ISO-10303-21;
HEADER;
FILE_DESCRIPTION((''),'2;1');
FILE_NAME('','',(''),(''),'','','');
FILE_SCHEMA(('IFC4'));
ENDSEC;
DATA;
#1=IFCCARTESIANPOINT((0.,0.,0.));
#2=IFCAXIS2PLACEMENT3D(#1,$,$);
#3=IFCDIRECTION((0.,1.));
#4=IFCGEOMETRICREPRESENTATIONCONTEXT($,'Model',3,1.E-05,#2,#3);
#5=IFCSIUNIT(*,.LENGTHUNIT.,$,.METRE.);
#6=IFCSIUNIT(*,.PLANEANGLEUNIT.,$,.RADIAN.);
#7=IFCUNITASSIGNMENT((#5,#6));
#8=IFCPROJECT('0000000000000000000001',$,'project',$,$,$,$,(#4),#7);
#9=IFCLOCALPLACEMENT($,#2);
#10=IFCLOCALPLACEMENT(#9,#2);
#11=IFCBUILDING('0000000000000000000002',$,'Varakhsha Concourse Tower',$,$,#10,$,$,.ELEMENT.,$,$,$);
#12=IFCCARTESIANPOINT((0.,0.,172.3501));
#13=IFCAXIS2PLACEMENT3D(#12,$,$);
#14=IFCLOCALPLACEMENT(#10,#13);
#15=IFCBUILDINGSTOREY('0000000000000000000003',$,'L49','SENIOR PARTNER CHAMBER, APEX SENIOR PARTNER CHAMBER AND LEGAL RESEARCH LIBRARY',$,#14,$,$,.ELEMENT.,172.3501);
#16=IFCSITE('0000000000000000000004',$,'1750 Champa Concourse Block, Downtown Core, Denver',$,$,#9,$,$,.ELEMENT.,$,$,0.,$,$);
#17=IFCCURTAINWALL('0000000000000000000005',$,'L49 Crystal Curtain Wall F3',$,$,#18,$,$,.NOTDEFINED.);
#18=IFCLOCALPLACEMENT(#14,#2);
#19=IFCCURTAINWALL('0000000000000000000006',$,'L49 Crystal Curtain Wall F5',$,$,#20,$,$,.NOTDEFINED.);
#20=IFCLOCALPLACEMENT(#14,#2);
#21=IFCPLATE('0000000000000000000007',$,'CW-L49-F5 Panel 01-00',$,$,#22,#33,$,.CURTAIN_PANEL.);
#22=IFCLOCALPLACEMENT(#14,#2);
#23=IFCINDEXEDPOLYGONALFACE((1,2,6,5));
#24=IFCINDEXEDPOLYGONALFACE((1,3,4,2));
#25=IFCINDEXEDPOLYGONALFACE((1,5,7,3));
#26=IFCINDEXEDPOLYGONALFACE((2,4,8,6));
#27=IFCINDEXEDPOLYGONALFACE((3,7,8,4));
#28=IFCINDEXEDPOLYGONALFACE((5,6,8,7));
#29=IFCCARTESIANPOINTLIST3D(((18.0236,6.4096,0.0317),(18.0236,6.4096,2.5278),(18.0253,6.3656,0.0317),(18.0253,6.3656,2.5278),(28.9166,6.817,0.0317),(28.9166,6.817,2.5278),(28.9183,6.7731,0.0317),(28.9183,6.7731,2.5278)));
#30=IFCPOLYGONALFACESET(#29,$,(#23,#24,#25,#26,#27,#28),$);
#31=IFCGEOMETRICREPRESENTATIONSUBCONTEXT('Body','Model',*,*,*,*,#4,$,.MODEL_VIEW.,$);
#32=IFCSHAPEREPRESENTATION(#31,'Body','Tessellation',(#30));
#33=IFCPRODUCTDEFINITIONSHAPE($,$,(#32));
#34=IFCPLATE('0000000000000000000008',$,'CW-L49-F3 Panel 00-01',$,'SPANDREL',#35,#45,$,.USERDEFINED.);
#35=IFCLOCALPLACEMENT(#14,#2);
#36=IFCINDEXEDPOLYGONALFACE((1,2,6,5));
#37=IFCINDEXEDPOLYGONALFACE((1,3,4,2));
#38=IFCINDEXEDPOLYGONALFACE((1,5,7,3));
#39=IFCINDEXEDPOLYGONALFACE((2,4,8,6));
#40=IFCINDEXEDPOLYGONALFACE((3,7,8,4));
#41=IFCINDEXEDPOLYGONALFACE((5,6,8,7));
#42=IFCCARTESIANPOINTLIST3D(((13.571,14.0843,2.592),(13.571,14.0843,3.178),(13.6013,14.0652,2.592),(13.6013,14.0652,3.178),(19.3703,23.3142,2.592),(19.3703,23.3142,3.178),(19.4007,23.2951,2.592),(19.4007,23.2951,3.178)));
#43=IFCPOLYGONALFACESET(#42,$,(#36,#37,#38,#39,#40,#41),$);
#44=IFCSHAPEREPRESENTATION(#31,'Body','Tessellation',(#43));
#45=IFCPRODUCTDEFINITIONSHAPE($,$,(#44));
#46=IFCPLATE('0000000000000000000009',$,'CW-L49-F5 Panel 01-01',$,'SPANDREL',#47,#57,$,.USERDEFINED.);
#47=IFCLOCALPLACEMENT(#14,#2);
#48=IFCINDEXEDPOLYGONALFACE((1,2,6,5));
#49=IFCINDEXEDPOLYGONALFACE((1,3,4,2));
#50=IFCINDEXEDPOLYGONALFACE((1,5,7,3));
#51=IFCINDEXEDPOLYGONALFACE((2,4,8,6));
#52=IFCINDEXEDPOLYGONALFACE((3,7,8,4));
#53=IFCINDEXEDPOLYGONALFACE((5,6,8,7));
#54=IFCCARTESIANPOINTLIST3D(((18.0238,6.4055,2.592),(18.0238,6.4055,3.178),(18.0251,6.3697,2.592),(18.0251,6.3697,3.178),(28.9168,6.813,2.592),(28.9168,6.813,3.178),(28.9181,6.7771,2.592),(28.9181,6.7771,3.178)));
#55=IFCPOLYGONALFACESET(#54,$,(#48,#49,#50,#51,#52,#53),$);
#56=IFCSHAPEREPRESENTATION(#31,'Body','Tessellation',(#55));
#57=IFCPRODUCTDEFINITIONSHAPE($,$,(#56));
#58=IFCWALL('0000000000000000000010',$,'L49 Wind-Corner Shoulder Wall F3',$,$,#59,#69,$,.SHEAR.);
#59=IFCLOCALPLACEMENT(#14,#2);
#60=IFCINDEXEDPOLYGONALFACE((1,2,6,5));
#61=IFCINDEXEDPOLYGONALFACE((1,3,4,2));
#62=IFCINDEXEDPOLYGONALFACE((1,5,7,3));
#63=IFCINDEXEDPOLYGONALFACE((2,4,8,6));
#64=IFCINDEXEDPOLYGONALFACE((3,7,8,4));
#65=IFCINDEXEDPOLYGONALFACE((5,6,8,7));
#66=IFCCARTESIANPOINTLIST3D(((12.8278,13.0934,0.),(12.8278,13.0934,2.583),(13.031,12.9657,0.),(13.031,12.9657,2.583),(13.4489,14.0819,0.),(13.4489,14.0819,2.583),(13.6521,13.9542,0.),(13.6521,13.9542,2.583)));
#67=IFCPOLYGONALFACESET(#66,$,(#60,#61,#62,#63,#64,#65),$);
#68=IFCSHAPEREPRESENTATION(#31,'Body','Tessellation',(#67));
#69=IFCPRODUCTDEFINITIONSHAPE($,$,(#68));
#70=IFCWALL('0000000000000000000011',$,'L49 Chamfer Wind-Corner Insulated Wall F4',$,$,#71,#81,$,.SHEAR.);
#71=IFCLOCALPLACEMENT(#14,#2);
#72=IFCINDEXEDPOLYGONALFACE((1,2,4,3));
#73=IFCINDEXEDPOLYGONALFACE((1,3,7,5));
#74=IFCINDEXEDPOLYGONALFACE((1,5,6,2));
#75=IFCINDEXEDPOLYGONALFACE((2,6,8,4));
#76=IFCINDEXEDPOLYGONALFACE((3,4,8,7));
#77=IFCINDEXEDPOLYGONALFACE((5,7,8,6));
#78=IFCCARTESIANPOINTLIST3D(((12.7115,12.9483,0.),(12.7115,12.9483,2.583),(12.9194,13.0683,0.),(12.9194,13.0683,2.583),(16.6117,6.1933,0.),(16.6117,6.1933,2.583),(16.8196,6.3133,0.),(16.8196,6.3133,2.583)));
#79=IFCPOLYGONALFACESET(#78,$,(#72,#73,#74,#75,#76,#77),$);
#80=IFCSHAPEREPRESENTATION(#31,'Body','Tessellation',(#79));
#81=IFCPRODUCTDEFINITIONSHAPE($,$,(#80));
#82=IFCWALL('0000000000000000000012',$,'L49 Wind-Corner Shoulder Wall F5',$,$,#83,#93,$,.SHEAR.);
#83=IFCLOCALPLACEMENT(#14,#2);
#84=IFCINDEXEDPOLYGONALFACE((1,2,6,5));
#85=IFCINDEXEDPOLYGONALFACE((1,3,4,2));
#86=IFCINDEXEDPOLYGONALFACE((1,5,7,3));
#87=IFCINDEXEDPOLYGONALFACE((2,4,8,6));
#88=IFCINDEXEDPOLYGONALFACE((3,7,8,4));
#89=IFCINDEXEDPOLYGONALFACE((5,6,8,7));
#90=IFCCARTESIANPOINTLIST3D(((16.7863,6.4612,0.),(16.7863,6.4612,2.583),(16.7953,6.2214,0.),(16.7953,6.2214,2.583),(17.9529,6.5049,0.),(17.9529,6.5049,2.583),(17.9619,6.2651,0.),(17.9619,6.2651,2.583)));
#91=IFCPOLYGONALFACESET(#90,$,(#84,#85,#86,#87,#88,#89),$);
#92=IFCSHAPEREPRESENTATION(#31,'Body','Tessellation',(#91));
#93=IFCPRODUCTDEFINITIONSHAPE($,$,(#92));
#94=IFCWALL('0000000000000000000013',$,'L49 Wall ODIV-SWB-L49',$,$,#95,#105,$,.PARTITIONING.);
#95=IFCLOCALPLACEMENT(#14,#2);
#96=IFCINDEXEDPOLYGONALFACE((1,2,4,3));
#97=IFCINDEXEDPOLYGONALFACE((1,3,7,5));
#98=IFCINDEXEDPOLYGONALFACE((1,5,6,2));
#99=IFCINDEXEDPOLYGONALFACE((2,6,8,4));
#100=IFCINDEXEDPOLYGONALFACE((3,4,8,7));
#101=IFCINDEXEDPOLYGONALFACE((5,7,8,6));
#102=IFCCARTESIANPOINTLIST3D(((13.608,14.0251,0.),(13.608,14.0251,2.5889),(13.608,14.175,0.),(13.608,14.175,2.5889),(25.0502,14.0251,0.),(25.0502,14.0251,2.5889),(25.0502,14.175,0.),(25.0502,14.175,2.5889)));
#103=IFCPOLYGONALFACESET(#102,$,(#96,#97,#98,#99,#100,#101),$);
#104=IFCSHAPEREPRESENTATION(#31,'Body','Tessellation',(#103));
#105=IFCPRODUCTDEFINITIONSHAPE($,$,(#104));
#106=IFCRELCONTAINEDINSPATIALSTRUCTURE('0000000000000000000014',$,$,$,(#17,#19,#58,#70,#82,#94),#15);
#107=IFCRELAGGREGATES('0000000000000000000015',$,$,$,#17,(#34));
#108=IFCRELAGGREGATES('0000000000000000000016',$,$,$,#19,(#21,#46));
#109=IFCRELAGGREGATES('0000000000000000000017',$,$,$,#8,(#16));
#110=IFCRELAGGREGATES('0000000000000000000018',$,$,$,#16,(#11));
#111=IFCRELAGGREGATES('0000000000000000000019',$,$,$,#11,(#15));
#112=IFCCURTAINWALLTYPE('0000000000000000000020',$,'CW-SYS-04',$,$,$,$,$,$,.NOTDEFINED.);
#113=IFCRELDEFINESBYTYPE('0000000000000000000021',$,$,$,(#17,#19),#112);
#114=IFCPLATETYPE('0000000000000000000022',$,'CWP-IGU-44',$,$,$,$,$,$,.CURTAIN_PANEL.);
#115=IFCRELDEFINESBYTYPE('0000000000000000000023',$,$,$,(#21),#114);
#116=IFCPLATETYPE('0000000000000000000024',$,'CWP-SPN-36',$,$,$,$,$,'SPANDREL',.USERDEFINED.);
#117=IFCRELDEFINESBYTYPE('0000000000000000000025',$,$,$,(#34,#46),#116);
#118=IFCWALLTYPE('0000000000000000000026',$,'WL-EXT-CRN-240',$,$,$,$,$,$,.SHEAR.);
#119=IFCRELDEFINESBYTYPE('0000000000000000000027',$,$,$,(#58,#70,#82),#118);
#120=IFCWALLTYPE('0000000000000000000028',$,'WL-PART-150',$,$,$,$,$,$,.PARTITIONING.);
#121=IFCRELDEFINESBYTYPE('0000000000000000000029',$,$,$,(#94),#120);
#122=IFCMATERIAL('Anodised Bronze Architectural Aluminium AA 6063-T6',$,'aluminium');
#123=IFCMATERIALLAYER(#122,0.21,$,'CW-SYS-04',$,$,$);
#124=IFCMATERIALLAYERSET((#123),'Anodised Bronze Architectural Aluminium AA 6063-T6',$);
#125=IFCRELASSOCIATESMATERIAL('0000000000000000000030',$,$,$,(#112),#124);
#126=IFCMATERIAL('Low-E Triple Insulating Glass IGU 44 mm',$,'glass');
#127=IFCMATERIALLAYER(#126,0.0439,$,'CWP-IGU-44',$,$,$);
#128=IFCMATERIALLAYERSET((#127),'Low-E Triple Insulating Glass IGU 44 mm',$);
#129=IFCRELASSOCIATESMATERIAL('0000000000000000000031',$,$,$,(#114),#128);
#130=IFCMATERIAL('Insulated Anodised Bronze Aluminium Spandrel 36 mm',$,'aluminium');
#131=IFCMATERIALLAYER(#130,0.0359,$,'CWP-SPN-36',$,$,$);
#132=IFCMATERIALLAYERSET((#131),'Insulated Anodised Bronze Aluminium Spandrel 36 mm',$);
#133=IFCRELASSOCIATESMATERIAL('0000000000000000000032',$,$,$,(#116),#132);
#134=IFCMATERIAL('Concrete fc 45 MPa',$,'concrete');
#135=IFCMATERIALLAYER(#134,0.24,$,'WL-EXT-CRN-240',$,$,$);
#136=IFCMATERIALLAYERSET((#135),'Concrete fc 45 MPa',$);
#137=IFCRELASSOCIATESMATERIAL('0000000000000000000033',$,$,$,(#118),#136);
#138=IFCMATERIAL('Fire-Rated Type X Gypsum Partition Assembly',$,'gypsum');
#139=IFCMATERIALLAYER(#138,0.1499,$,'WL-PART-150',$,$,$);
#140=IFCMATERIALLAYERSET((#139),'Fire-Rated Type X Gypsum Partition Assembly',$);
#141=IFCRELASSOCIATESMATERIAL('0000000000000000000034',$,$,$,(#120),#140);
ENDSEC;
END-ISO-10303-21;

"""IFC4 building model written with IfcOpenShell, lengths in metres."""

from ifc_helpers import new_model, si_unit, direction, frame, frame_2d, origin, origin_2d, place, context, subcontext, project, spatial, rectangle, extrude, source, transform, mapped, material, layer, layer_set, type_object, type_shapes, element, aggregate, save


model = new_model("IFC4")

# Units and contexts
model_context = context("Model", 3, precision=1e-05, world=origin(), true_north=direction((0.0, 1.0)))
body_context = subcontext(model_context, "Body", "Model", "MODEL_VIEW")
ifc_project = project(units=[si_unit("LENGTHUNIT", "METRE"), si_unit("PLANEANGLEUNIT", "RADIAN")], contexts=[model_context])

# Site, building, storey
site_placement = place(None, origin())
site = spatial("IfcSite", under=ifc_project, at=site_placement, Name="1750 Champa Concourse Block, Downtown Core, Denver", CompositionType="ELEMENT", RefElevation=0.0)
building_placement = place(site_placement, origin())
building = spatial("IfcBuilding", under=site, at=building_placement, Name="Varakhsha Concourse Tower", CompositionType="ELEMENT")
storey_placement = place(building_placement, frame((0.0, 0.0, 172.3501)))
storey = spatial("IfcBuildingStorey", under=building, at=storey_placement, Name="L49", Description="SENIOR PARTNER CHAMBER, APEX SENIOR PARTNER CHAMBER AND LEGAL RESEARCH LIBRARY", CompositionType="ELEMENT", Elevation=172.3501)

# Curtain walls
ifc_material_1 = material(Name="Anodised Bronze Architectural Aluminium AA 6063-T6", Category="aluminium")
ifc_layer_1 = layer(ifc_material_1, 0.21, Name="CW-SYS-04")
ifc_layer_set_1 = layer_set([ifc_layer_1], Name="Anodised Bronze Architectural Aluminium AA 6063-T6")
curtain_wall_type = type_object("IfcCurtainWallType", Name="CW-SYS-04", PredefinedType="NOTDEFINED", material=ifc_layer_set_1)
curtain_wall_1_placement = place(storey_placement, origin())
curtain_wall_1 = element("IfcCurtainWall", 1, at=curtain_wall_1_placement, inside=storey, type_object=curtain_wall_type, Name="L49 Crystal Curtain Wall F3", PredefinedType="NOTDEFINED")
curtain_wall_2_placement = place(storey_placement, origin())
curtain_wall_2 = element("IfcCurtainWall", 2, at=curtain_wall_2_placement, inside=storey, type_object=curtain_wall_type, Name="L49 Crystal Curtain Wall F5", PredefinedType="NOTDEFINED")

# Shared definitions
ifc_material_2 = material(Name="Concrete fc 45 MPa", Category="concrete")

# Plates
ifc_material_3 = material(Name="Low-E Triple Insulating Glass IGU 44 mm", Category="glass")
ifc_layer_2 = layer(ifc_material_3, 0.0439, Name="CWP-IGU-44")
ifc_layer_set_2 = layer_set([ifc_layer_2], Name="Low-E Triple Insulating Glass IGU 44 mm")
plate_type_1 = type_object("IfcPlateType", Name="CWP-IGU-44", PredefinedType="CURTAIN_PANEL", material=ifc_layer_set_2)
shared_shape_1 = source(origin(), body_context, "Body", "SweptSolid", [
    extrude(rectangle(XDim=10.9006, YDim=0.0439, at=origin_2d()), origin(), (0.0, 0.0, 1.0), 2.4961),
])
type_shapes(plate_type_1, [shared_shape_1])
plate_1_placement = place(storey_placement, frame((23.4709, 6.5913, 0.0317), z_axis=(0.0, 0.0, 1.0), x_axis=(-0.999301, -0.037376, 0.0)))
plate_1 = element("IfcPlate", 3, at=plate_1_placement, type_object=plate_type_1, Name="CW-L49-F5 Panel 01-00", PredefinedType="CURTAIN_PANEL", context=body_context, shape_type="MappedRepresentation", body=[
    mapped(shared_shape_1, transform((0.0, 0.0, 0.0), scale=1.0)),
])
ifc_material_4 = material(Name="Insulated Anodised Bronze Aluminium Spandrel 36 mm", Category="aluminium")
ifc_layer_3 = layer(ifc_material_4, 0.0359, Name="CWP-SPN-36")
ifc_layer_set_3 = layer_set([ifc_layer_3], Name="Insulated Anodised Bronze Aluminium Spandrel 36 mm")
plate_type_2 = type_object("IfcPlateType", Name="CWP-SPN-36", ElementType="SPANDREL", PredefinedType="USERDEFINED", material=ifc_layer_set_3)
shared_shape_2 = source(origin(), body_context, "Body", "SweptSolid", [
    extrude(rectangle(XDim=10.9006, YDim=0.0359, at=origin_2d()), origin(), (0.0, 0.0, 1.0), 0.5859),
])
type_shapes(plate_type_2, [shared_shape_2])
plate_2_placement = place(storey_placement, frame((16.4858, 18.6897, 2.592), z_axis=(0.0, 0.0, 1.0), x_axis=(0.532022, 0.84673, 0.0)))
plate_2 = element("IfcPlate", 4, at=plate_2_placement, type_object=plate_type_2, Name="CW-L49-F3 Panel 00-01", ObjectType="SPANDREL", PredefinedType="USERDEFINED", context=body_context, shape_type="MappedRepresentation", body=[
    mapped(shared_shape_2, transform((0.0, 0.0, 0.0), scale=1.0)),
])
aggregate(curtain_wall_1, [plate_2])
plate_3_placement = place(storey_placement, frame((23.4709, 6.5913, 2.592), z_axis=(0.0, 0.0, 1.0), x_axis=(-0.999301, -0.037376, 0.0)))
plate_3 = element("IfcPlate", 5, at=plate_3_placement, type_object=plate_type_2, Name="CW-L49-F5 Panel 01-01", ObjectType="SPANDREL", PredefinedType="USERDEFINED", context=body_context, shape_type="MappedRepresentation", body=[
    mapped(shared_shape_2, transform((0.0, 0.0, 0.0), scale=1.0)),
])
aggregate(curtain_wall_2, [plate_1, plate_3])

# Walls
ifc_layer_4 = layer(ifc_material_2, 0.24, Name="WL-EXT-CRN-240")
ifc_layer_set_4 = layer_set([ifc_layer_4], Name="Concrete fc 45 MPa")
wall_type_1 = type_object("IfcWallType", Name="WL-EXT-CRN-240", PredefinedType="SHEAR", material=ifc_layer_set_4)
wall_1_placement = place(storey_placement, frame((13.5505, 14.0181, 0.0), z_axis=(0.0, 0.0, 1.0), x_axis=(-0.532009, -0.846739, 0.0)))
element("IfcWall", 6, at=wall_1_placement, inside=storey, type_object=wall_type_1, Name="L49 Wind-Corner Shoulder Wall F3", PredefinedType="SHEAR", context=body_context, shape_type="SweptSolid", body=[
    extrude(rectangle(XDim=1.1675, YDim=0.24, at=frame_2d((0.5837, 0.0))), origin(), (0.0, 0.0, 1.0), 2.583),
])
wall_2_placement = place(storey_placement, frame((16.7156, 6.2534, 0.0), z_axis=(0.0, 0.0, 1.0), x_axis=(-0.50002, 0.866014, 0.0)))
element("IfcWall", 7, at=wall_2_placement, inside=storey, type_object=wall_type_1, Name="L49 Chamfer Wind-Corner Insulated Wall F4", PredefinedType="SHEAR", context=body_context, shape_type="SweptSolid", body=[
    extrude(rectangle(XDim=7.8, YDim=0.24, at=frame_2d((3.8999, 0.0))), origin(), (0.0, 0.0, 1.0), 2.583),
])
wall_3_placement = place(storey_placement, frame((16.7908, 6.3413, 0.0), z_axis=(0.0, 0.0, 1.0), x_axis=(0.999299, 0.037429, 0.0)))
element("IfcWall", 8, at=wall_3_placement, inside=storey, type_object=wall_type_1, Name="L49 Wind-Corner Shoulder Wall F5", PredefinedType="SHEAR", context=body_context, shape_type="SweptSolid", body=[
    extrude(rectangle(XDim=1.1675, YDim=0.24, at=frame_2d((0.5837, 0.0))), origin(), (0.0, 0.0, 1.0), 2.583),
])
ifc_material_5 = material(Name="Fire-Rated Type X Gypsum Partition Assembly", Category="gypsum")
ifc_layer_5 = layer(ifc_material_5, 0.1499, Name="WL-PART-150")
ifc_layer_set_5 = layer_set([ifc_layer_5], Name="Fire-Rated Type X Gypsum Partition Assembly")
wall_type_2 = type_object("IfcWallType", Name="WL-PART-150", PredefinedType="PARTITIONING", material=ifc_layer_set_5)
wall_4_placement = place(storey_placement, frame((13.6079, 14.1001, 0.0), z_axis=(0.0, 0.0, 1.0), x_axis=(1.0, 0.0, 0.0)))
element("IfcWall", 9, at=wall_4_placement, inside=storey, type_object=wall_type_2, Name="L49 Wall ODIV-SWB-L49", PredefinedType="PARTITIONING", context=body_context, shape_type="SweptSolid", body=[
    extrude(rectangle(XDim=11.4421, YDim=0.1499, at=frame_2d((5.7212, 0.0))), origin(), (0.0, 0.0, 1.0), 2.5889),
])

save(model, "model.ifc")
